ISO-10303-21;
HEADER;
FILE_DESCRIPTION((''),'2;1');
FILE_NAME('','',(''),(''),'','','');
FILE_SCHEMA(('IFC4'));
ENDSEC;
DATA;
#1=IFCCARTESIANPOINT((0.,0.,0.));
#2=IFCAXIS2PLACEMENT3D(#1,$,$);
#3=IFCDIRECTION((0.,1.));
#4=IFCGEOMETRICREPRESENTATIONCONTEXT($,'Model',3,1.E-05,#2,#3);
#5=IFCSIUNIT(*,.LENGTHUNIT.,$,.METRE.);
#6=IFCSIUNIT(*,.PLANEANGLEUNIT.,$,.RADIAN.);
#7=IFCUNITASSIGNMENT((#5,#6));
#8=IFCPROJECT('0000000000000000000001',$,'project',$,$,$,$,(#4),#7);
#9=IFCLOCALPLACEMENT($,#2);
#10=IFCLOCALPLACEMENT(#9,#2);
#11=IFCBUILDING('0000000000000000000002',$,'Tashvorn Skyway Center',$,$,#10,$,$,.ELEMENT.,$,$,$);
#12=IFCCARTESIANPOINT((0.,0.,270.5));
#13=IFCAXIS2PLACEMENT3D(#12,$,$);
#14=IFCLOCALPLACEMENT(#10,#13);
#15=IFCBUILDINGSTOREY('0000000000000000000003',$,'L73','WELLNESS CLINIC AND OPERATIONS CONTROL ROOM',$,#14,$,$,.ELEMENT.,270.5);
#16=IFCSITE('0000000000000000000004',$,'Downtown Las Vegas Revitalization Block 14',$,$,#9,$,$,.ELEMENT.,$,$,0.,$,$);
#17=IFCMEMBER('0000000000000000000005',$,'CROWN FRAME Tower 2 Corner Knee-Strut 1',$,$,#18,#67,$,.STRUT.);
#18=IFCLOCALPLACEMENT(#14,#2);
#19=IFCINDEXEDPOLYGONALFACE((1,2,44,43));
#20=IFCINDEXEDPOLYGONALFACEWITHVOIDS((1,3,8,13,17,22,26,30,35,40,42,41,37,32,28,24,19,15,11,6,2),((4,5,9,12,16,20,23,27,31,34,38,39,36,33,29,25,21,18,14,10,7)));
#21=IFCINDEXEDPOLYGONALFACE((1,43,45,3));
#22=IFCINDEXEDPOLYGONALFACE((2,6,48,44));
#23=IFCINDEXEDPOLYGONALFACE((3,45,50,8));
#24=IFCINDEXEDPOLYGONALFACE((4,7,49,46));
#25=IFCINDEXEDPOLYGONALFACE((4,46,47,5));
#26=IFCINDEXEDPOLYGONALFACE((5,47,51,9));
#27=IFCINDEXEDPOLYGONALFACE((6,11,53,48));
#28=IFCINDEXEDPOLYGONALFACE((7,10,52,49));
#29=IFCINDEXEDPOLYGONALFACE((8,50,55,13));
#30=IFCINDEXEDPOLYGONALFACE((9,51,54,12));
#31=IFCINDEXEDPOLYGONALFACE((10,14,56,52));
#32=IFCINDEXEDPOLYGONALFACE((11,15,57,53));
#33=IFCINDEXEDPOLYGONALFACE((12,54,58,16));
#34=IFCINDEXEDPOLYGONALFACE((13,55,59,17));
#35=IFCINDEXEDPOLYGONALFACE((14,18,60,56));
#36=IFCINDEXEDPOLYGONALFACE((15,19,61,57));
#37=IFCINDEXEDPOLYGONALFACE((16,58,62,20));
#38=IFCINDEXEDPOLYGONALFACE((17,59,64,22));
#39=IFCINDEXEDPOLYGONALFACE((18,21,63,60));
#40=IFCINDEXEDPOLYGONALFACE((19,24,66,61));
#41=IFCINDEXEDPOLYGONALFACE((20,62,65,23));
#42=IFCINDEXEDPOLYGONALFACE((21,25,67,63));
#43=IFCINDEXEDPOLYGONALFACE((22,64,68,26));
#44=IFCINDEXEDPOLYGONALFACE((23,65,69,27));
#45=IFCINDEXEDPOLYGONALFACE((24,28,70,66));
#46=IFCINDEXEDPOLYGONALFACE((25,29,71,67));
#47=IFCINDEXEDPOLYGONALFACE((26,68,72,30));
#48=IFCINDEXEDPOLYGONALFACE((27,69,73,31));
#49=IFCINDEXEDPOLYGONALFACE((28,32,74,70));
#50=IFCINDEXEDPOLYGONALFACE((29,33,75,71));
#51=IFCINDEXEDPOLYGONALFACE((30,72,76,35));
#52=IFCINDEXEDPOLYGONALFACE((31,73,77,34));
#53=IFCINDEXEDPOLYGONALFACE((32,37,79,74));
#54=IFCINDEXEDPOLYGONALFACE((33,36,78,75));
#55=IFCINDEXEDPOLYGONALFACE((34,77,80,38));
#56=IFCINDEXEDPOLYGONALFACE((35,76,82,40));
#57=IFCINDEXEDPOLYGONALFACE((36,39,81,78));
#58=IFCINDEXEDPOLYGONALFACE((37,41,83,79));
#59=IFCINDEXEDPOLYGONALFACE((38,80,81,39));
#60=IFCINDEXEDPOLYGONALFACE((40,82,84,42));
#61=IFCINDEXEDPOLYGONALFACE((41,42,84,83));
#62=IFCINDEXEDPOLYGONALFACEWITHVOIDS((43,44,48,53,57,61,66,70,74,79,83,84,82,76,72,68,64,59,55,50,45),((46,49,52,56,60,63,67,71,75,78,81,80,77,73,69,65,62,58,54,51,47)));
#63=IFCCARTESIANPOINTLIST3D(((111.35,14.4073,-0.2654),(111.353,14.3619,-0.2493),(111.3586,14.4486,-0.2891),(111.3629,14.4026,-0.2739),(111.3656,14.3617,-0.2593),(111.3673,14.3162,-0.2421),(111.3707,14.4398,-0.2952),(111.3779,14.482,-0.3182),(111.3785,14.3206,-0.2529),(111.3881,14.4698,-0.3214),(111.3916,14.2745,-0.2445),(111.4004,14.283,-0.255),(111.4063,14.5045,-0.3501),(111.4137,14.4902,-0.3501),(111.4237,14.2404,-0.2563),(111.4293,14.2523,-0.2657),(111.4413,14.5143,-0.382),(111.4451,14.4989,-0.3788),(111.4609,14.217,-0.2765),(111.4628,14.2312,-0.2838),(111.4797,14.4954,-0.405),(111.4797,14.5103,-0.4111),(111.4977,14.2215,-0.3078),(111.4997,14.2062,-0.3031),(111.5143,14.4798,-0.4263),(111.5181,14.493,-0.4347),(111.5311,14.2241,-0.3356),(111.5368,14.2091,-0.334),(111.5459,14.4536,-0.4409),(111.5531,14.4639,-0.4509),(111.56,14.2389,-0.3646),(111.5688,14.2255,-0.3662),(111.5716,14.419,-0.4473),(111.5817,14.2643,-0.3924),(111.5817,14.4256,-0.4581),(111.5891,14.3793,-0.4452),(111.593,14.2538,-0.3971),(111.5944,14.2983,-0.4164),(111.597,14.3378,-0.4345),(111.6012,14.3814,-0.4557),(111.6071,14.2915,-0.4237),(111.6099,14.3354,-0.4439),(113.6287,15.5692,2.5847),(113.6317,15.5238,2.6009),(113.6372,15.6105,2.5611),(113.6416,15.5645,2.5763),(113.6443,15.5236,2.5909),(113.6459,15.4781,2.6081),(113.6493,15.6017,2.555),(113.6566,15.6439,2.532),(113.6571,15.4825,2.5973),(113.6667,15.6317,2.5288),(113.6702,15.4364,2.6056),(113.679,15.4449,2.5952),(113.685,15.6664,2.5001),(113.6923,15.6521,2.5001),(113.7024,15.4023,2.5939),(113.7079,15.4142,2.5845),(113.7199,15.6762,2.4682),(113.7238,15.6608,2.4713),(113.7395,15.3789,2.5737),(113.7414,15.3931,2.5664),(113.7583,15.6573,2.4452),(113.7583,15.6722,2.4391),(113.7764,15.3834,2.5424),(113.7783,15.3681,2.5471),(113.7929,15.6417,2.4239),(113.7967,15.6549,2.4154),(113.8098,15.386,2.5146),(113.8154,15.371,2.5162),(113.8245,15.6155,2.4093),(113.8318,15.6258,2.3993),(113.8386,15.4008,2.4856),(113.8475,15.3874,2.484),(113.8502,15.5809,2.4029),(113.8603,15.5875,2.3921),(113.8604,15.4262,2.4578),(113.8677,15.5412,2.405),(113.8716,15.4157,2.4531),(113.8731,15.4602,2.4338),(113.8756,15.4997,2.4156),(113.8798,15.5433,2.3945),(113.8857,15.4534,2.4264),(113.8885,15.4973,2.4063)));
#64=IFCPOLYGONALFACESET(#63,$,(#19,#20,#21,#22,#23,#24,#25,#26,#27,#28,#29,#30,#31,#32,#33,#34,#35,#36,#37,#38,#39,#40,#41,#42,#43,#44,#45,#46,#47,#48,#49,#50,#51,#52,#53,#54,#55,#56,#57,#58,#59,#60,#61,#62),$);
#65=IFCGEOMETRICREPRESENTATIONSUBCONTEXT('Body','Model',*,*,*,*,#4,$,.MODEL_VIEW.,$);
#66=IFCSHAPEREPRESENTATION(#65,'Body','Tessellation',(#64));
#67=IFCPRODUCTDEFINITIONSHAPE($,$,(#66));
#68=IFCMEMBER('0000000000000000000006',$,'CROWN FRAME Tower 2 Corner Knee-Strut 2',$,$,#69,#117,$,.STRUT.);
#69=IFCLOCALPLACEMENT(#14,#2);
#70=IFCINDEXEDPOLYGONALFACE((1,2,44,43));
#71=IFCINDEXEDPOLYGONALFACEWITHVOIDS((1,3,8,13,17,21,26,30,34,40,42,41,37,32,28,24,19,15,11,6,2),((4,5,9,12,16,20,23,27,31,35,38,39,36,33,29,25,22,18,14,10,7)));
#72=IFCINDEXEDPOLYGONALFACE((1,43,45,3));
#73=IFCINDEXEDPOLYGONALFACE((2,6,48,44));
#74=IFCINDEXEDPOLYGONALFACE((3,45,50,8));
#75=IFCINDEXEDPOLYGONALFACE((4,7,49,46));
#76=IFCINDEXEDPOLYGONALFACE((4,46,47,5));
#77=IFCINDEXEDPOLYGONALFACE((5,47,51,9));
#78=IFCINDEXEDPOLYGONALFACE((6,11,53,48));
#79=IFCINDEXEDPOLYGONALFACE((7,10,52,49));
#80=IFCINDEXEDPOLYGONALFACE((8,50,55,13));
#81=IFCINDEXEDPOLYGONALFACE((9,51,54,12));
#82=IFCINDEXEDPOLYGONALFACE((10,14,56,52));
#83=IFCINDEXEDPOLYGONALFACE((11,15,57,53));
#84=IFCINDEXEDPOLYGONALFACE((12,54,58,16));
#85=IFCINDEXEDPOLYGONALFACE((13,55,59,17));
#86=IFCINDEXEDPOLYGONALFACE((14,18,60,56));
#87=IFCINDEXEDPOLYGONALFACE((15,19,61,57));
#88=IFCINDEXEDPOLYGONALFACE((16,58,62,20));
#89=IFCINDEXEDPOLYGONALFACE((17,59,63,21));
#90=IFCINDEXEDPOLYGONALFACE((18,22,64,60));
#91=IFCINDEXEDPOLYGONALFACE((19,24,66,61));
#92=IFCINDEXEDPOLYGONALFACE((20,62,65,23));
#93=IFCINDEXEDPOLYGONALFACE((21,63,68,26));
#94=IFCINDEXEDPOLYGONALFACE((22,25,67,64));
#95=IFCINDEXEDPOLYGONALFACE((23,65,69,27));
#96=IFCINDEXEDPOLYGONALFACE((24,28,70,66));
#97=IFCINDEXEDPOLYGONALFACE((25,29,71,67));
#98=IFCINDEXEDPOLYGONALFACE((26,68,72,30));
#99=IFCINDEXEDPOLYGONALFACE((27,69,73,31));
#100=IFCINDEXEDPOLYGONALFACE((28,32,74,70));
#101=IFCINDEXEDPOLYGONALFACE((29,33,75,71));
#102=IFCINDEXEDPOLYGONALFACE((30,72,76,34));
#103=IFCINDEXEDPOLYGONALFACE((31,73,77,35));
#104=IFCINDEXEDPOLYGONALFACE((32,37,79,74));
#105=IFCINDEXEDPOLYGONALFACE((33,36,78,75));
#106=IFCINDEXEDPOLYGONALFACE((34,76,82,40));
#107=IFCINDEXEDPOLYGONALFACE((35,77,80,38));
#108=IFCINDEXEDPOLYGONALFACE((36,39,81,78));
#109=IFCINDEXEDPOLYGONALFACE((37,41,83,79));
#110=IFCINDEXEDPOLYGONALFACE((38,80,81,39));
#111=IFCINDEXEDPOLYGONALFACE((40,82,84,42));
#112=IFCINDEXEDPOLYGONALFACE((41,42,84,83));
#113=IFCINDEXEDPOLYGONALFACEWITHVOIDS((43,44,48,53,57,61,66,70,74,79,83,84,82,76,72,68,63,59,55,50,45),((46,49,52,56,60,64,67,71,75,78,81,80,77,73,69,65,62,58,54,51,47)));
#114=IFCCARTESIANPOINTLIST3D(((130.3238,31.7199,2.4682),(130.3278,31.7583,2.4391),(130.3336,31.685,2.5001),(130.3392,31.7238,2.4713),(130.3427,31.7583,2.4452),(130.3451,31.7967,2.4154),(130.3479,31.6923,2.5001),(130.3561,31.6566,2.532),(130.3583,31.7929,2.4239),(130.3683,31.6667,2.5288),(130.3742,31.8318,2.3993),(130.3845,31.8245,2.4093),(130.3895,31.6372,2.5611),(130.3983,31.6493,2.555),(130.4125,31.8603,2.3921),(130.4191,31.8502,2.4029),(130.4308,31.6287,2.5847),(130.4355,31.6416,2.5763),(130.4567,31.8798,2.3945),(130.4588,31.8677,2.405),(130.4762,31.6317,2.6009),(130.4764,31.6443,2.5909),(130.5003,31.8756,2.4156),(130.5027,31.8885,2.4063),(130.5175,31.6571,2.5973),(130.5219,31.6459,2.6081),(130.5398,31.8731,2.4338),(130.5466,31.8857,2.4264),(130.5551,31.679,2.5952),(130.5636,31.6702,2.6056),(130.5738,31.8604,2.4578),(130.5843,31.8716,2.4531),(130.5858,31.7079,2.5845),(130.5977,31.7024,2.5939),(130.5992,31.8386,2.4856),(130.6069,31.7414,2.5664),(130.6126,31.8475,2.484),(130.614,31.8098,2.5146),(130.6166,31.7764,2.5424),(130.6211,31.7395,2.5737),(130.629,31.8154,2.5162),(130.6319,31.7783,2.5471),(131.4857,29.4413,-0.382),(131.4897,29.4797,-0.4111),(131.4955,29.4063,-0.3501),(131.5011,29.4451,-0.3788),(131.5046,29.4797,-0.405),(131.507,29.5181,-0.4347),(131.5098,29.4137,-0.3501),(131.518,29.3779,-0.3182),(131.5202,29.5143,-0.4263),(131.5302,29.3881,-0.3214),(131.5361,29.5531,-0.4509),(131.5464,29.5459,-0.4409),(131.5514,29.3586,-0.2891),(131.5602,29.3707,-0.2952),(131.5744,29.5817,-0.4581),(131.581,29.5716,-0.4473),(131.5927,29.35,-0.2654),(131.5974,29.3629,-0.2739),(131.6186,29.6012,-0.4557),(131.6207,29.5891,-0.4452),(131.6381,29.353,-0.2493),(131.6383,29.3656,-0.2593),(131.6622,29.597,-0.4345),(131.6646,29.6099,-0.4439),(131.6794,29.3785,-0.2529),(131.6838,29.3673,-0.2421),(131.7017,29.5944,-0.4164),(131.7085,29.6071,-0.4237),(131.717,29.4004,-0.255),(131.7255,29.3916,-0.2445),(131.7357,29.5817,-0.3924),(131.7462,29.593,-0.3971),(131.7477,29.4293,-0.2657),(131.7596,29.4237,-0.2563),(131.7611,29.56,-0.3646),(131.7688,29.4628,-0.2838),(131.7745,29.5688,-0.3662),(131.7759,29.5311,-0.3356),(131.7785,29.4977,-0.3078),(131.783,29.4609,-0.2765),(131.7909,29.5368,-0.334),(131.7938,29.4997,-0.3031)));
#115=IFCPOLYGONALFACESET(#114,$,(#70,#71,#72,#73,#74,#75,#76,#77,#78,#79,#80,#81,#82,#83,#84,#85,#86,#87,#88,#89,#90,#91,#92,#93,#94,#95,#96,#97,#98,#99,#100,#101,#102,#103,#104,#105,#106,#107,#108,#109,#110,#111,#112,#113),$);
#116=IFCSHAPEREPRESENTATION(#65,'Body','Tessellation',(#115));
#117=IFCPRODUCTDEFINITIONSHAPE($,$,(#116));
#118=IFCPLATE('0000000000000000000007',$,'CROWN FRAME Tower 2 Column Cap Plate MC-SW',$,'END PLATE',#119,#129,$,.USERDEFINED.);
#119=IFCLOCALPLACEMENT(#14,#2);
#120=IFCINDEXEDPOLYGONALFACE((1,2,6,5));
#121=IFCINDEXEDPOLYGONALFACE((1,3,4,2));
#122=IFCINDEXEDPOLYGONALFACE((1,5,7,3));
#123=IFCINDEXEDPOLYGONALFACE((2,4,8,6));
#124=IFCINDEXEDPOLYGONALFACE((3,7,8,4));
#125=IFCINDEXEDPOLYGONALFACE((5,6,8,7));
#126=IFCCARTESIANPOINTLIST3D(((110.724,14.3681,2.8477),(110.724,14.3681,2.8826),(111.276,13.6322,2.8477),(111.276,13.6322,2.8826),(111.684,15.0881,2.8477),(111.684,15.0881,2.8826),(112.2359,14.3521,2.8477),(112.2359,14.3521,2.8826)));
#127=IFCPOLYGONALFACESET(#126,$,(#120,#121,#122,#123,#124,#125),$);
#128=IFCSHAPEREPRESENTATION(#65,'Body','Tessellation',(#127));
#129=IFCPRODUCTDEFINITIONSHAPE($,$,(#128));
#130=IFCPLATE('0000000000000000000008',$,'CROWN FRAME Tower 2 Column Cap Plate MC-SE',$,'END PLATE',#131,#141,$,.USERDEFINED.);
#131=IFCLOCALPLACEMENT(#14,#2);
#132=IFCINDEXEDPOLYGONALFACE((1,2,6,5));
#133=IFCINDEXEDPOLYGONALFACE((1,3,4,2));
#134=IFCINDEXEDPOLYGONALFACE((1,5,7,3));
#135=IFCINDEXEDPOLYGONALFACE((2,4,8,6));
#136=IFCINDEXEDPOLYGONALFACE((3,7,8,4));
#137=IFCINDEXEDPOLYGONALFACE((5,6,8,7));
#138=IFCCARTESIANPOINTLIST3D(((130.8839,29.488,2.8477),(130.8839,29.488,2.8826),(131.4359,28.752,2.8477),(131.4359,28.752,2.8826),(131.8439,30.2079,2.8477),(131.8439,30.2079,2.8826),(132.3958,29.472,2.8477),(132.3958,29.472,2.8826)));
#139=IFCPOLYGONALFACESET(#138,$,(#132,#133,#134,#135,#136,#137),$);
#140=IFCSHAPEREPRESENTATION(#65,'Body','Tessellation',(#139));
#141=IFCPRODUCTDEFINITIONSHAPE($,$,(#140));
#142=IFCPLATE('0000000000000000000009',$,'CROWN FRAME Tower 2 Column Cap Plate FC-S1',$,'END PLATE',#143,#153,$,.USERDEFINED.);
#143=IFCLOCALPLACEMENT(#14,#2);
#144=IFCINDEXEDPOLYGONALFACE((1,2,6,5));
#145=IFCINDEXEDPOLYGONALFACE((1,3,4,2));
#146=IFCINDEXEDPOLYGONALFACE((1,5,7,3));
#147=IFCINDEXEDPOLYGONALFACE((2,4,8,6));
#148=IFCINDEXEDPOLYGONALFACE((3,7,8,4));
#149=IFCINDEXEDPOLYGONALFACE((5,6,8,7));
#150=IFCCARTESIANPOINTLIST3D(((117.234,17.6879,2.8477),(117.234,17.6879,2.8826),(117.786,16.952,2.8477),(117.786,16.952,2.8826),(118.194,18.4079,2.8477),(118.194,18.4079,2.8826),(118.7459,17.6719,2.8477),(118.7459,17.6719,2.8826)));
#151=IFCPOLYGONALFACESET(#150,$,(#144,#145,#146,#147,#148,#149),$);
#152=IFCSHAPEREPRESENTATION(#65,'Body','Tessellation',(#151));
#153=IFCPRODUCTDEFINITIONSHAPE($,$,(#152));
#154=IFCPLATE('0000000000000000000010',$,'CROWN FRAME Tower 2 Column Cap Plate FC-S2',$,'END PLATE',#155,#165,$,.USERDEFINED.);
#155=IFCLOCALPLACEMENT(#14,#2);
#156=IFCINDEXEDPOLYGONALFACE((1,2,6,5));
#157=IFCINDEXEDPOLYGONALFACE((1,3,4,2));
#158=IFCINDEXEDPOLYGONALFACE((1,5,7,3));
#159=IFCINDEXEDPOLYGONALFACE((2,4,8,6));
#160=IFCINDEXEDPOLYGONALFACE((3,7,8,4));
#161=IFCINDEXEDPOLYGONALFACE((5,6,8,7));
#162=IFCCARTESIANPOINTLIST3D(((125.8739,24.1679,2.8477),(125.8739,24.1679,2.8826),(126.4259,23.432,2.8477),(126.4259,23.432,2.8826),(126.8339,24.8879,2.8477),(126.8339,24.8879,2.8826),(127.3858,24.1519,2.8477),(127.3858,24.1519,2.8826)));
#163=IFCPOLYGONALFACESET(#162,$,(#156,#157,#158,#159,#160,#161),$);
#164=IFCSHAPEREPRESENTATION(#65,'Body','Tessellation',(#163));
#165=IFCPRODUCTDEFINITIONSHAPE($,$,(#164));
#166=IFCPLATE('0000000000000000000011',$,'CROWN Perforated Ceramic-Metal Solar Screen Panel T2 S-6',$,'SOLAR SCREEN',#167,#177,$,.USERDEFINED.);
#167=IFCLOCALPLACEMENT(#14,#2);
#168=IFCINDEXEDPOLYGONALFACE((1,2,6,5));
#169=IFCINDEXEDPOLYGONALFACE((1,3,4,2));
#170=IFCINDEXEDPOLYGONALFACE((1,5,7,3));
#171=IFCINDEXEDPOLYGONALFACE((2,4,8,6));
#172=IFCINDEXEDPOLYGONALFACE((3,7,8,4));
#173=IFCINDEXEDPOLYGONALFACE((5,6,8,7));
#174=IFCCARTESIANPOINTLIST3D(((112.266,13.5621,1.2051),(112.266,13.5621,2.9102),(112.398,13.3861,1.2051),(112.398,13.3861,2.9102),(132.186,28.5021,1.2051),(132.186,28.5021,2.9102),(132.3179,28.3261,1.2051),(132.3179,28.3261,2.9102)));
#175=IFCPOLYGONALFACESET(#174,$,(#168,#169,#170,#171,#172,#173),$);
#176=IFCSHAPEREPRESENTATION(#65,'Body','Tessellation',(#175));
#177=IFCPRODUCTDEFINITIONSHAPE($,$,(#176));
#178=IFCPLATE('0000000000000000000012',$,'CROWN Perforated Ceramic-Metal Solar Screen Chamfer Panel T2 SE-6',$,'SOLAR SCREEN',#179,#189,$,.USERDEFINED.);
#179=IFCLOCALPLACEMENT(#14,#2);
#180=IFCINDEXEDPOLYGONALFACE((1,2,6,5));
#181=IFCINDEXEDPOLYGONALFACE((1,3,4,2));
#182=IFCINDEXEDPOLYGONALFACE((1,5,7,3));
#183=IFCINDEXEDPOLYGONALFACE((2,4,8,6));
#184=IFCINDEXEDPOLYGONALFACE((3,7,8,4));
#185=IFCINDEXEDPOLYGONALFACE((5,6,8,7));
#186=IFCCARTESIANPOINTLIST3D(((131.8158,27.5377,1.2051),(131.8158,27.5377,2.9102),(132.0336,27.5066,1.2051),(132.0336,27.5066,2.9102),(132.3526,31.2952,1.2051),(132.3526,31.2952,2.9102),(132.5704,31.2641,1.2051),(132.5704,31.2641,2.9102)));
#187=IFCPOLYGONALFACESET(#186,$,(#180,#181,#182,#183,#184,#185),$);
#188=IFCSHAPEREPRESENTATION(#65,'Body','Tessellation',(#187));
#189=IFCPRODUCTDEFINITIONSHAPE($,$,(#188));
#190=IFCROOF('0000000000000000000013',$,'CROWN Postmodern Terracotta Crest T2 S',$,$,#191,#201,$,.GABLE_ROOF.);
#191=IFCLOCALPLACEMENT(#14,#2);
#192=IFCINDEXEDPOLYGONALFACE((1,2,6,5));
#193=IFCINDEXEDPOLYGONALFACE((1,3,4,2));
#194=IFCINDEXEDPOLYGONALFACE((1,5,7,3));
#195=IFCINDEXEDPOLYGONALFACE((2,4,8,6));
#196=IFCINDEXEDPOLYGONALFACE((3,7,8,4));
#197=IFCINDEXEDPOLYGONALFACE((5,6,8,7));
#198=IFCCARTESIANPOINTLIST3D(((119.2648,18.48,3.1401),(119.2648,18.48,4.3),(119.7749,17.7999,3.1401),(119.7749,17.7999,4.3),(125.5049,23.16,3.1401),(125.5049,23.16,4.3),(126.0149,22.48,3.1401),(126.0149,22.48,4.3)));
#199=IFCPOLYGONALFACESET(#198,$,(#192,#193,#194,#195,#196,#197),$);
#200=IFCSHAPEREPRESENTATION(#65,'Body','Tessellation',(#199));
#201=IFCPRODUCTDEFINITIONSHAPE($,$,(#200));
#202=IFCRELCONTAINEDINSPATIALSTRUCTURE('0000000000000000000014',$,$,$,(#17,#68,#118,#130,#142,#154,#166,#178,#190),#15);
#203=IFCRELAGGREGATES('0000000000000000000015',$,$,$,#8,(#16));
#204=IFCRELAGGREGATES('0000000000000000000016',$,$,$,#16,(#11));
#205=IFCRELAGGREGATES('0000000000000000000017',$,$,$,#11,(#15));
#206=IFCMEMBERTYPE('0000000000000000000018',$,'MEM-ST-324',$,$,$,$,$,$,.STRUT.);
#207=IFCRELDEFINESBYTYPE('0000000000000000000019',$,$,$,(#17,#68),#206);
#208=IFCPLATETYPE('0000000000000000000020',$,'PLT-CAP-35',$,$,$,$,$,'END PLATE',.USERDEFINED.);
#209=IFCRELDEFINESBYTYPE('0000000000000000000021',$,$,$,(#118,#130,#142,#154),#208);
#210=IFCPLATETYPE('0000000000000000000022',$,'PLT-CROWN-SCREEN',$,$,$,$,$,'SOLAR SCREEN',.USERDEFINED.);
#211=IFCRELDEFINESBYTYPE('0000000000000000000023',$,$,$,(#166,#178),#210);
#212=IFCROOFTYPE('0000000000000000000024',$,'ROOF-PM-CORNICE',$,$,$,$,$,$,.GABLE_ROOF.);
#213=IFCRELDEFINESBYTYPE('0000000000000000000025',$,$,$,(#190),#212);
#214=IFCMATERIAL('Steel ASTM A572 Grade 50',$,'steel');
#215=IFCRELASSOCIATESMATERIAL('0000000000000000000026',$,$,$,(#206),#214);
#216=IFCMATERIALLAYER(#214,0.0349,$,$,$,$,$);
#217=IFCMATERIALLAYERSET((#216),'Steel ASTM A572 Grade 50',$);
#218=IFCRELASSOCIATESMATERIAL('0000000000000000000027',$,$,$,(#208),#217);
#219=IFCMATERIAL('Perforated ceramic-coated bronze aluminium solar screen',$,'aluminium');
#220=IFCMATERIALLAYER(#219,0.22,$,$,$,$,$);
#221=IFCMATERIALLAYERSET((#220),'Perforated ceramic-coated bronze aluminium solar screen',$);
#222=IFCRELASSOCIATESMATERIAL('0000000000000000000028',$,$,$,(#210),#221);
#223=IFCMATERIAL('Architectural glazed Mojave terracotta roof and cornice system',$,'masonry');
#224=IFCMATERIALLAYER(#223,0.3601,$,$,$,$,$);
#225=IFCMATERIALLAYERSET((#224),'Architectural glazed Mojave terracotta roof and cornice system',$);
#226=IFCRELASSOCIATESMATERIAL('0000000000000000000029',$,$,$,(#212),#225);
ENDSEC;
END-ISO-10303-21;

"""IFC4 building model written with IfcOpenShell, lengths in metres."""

from ifc_helpers import new_model, si_unit, direction, frame, origin, origin_2d, place, context, subcontext, project, spatial, rectangle, hollow_circle, extrude, material, layer, layer_set, material_profile, profile_set, type_object, element, save


model = new_model("IFC4")

# Units and contexts
model_context = context("Model", 3, precision=1e-05, world=origin(), true_north=direction((0.0, 1.0)))
body_context = subcontext(model_context, "Body", "Model", "MODEL_VIEW")
ifc_project = project(units=[si_unit("LENGTHUNIT", "METRE"), si_unit("PLANEANGLEUNIT", "RADIAN")], contexts=[model_context])

# Site, building, storey
site_placement = place(None, origin())
site = spatial("IfcSite", under=ifc_project, at=site_placement, Name="Downtown Las Vegas Revitalization Block 14", CompositionType="ELEMENT", RefElevation=0.0)
building_placement = place(site_placement, origin())
building = spatial("IfcBuilding", under=site, at=building_placement, Name="Tashvorn Skyway Center", CompositionType="ELEMENT")
storey_placement = place(building_placement, frame((0.0, 0.0, 270.5)))
storey = spatial("IfcBuildingStorey", under=building, at=storey_placement, Name="L73", Description="WELLNESS CLINIC AND OPERATIONS CONTROL ROOM", CompositionType="ELEMENT", Elevation=270.5)

# Shared definitions
ifc_material_1 = material(Name="Steel ASTM A572 Grade 50", Category="steel")

# Members
ifc_material_profile_1 = material_profile(ifc_material_1, hollow_circle(Radius=0.1621, WallThickness=0.0161, at=origin_2d()), Name="CHS324x16")
ifc_profile_set_1 = profile_set([ifc_material_profile_1], Name="Steel ASTM A572 Grade 50")
member_type_1 = type_object("IfcMemberType", Name="MEM-ST-324", PredefinedType="STRUT", material=ifc_profile_set_1)
for number, where, z_axis, x_axis, name in (
    (1, (111.48, 14.3601, -0.3501), (0.595008, 0.303401, 0.744254), (-0.454263, 0.890868, 0.0), "CROWN FRAME Tower 2 Corner Knee-Strut 1"),
    (2, (131.6399, 29.48, -0.3501), (-0.303401, 0.595008, 0.744254), (-0.890868, -0.454263, 0.0), "CROWN FRAME Tower 2 Corner Knee-Strut 2"),
):
    element("IfcMember", number, at=place(storey_placement, frame(where, z_axis=z_axis, x_axis=x_axis)), inside=storey, type_object=member_type_1, Name=name, PredefinedType="STRUT", context=body_context, shape_type="SweptSolid", body=[
        extrude(hollow_circle(Radius=0.1621, WallThickness=0.0161, at=origin_2d()), origin(), (0.0, 0.0, 1.0), 3.8296),
    ])

# Plates
ifc_layer_1 = layer(ifc_material_1, 0.0349)
ifc_layer_set_1 = layer_set([ifc_layer_1], Name="Steel ASTM A572 Grade 50")
plate_type_1 = type_object("IfcPlateType", Name="PLT-CAP-35", ElementType="END PLATE", PredefinedType="USERDEFINED", material=ifc_layer_set_1)
for number, where, z_axis, x_axis, name in (
    (3, (111.48, 14.3601, 2.8477), (0.0, 0.0, 1.0), (0.8, 0.6, 0.0), "CROWN FRAME Tower 2 Column Cap Plate MC-SW"),
    (4, (131.6399, 29.48, 2.8477), (0.0, 0.0, 1.0), (0.8, 0.6, 0.0), "CROWN FRAME Tower 2 Column Cap Plate MC-SE"),
    (5, (117.99, 17.6799, 2.8477), (0.0, 0.0, 1.0), (0.8, 0.6, 0.0), "CROWN FRAME Tower 2 Column Cap Plate FC-S1"),
    (6, (126.6299, 24.1599, 2.8477), (0.0, 0.0, 1.0), (0.8, 0.6, 0.0), "CROWN FRAME Tower 2 Column Cap Plate FC-S2"),
):
    element("IfcPlate", number, at=place(storey_placement, frame(where, z_axis=z_axis, x_axis=x_axis)), inside=storey, type_object=plate_type_1, Name=name, ObjectType="END PLATE", PredefinedType="USERDEFINED", context=body_context, shape_type="SweptSolid", body=[
        extrude(rectangle(XDim=1.2, YDim=0.9199, at=origin_2d()), origin(), (0.0, 0.0, 1.0), 0.0349),
    ])
ifc_material_2 = material(Name="Perforated ceramic-coated bronze aluminium solar screen", Category="aluminium")
ifc_layer_2 = layer(ifc_material_2, 0.22)
ifc_layer_set_2 = layer_set([ifc_layer_2], Name="Perforated ceramic-coated bronze aluminium solar screen")
plate_type_2 = type_object("IfcPlateType", Name="PLT-CROWN-SCREEN", ElementType="SOLAR SCREEN", PredefinedType="USERDEFINED", material=ifc_layer_set_2)
plate_1_placement = place(storey_placement, frame((122.292, 20.9441, 1.2051), z_axis=(0.0, 0.0, 1.0), x_axis=(0.8, 0.6, 0.0)))
element("IfcPlate", 7, at=plate_1_placement, inside=storey, type_object=plate_type_2, Name="CROWN Perforated Ceramic-Metal Solar Screen Panel T2 S-6", ObjectType="SOLAR SCREEN", PredefinedType="USERDEFINED", context=body_context, shape_type="SweptSolid", body=[
    extrude(rectangle(XDim=24.8999, YDim=0.22, at=origin_2d()), origin(), (0.0, 0.0, 1.0), 1.7051),
])
plate_2_placement = place(storey_placement, frame((132.1931, 29.4009, 1.2051), z_axis=(0.0, 0.0, 1.0), x_axis=(0.141421, 0.989949, 0.0)))
element("IfcPlate", 8, at=plate_2_placement, inside=storey, type_object=plate_type_2, Name="CROWN Perforated Ceramic-Metal Solar Screen Chamfer Panel T2 SE-6", ObjectType="SOLAR SCREEN", PredefinedType="USERDEFINED", context=body_context, shape_type="SweptSolid", body=[
    extrude(rectangle(XDim=3.7957, YDim=0.22, at=origin_2d()), origin(), (0.0, 0.0, 1.0), 1.7051),
])

# Roof
ifc_material_3 = material(Name="Architectural glazed Mojave terracotta roof and cornice system", Category="masonry")
ifc_layer_3 = layer(ifc_material_3, 0.3601)
ifc_layer_set_3 = layer_set([ifc_layer_3], Name="Architectural glazed Mojave terracotta roof and cornice system")
roof_type = type_object("IfcRoofType", Name="ROOF-PM-CORNICE", PredefinedType="GABLE_ROOF", material=ifc_layer_set_3)
roof_placement = place(storey_placement, frame((122.6399, 20.48, 3.1401), z_axis=(0.0, 0.0, 1.0), x_axis=(0.8, 0.6, 0.0)))
element("IfcRoof", 9, at=roof_placement, inside=storey, type_object=roof_type, Name="CROWN Postmodern Terracotta Crest T2 S", PredefinedType="GABLE_ROOF", context=body_context, shape_type="SweptSolid", body=[
    extrude(rectangle(XDim=7.8, YDim=0.8501, at=origin_2d()), origin(), (0.0, 0.0, 1.0), 1.1599),
])

save(model, "model.ifc")
